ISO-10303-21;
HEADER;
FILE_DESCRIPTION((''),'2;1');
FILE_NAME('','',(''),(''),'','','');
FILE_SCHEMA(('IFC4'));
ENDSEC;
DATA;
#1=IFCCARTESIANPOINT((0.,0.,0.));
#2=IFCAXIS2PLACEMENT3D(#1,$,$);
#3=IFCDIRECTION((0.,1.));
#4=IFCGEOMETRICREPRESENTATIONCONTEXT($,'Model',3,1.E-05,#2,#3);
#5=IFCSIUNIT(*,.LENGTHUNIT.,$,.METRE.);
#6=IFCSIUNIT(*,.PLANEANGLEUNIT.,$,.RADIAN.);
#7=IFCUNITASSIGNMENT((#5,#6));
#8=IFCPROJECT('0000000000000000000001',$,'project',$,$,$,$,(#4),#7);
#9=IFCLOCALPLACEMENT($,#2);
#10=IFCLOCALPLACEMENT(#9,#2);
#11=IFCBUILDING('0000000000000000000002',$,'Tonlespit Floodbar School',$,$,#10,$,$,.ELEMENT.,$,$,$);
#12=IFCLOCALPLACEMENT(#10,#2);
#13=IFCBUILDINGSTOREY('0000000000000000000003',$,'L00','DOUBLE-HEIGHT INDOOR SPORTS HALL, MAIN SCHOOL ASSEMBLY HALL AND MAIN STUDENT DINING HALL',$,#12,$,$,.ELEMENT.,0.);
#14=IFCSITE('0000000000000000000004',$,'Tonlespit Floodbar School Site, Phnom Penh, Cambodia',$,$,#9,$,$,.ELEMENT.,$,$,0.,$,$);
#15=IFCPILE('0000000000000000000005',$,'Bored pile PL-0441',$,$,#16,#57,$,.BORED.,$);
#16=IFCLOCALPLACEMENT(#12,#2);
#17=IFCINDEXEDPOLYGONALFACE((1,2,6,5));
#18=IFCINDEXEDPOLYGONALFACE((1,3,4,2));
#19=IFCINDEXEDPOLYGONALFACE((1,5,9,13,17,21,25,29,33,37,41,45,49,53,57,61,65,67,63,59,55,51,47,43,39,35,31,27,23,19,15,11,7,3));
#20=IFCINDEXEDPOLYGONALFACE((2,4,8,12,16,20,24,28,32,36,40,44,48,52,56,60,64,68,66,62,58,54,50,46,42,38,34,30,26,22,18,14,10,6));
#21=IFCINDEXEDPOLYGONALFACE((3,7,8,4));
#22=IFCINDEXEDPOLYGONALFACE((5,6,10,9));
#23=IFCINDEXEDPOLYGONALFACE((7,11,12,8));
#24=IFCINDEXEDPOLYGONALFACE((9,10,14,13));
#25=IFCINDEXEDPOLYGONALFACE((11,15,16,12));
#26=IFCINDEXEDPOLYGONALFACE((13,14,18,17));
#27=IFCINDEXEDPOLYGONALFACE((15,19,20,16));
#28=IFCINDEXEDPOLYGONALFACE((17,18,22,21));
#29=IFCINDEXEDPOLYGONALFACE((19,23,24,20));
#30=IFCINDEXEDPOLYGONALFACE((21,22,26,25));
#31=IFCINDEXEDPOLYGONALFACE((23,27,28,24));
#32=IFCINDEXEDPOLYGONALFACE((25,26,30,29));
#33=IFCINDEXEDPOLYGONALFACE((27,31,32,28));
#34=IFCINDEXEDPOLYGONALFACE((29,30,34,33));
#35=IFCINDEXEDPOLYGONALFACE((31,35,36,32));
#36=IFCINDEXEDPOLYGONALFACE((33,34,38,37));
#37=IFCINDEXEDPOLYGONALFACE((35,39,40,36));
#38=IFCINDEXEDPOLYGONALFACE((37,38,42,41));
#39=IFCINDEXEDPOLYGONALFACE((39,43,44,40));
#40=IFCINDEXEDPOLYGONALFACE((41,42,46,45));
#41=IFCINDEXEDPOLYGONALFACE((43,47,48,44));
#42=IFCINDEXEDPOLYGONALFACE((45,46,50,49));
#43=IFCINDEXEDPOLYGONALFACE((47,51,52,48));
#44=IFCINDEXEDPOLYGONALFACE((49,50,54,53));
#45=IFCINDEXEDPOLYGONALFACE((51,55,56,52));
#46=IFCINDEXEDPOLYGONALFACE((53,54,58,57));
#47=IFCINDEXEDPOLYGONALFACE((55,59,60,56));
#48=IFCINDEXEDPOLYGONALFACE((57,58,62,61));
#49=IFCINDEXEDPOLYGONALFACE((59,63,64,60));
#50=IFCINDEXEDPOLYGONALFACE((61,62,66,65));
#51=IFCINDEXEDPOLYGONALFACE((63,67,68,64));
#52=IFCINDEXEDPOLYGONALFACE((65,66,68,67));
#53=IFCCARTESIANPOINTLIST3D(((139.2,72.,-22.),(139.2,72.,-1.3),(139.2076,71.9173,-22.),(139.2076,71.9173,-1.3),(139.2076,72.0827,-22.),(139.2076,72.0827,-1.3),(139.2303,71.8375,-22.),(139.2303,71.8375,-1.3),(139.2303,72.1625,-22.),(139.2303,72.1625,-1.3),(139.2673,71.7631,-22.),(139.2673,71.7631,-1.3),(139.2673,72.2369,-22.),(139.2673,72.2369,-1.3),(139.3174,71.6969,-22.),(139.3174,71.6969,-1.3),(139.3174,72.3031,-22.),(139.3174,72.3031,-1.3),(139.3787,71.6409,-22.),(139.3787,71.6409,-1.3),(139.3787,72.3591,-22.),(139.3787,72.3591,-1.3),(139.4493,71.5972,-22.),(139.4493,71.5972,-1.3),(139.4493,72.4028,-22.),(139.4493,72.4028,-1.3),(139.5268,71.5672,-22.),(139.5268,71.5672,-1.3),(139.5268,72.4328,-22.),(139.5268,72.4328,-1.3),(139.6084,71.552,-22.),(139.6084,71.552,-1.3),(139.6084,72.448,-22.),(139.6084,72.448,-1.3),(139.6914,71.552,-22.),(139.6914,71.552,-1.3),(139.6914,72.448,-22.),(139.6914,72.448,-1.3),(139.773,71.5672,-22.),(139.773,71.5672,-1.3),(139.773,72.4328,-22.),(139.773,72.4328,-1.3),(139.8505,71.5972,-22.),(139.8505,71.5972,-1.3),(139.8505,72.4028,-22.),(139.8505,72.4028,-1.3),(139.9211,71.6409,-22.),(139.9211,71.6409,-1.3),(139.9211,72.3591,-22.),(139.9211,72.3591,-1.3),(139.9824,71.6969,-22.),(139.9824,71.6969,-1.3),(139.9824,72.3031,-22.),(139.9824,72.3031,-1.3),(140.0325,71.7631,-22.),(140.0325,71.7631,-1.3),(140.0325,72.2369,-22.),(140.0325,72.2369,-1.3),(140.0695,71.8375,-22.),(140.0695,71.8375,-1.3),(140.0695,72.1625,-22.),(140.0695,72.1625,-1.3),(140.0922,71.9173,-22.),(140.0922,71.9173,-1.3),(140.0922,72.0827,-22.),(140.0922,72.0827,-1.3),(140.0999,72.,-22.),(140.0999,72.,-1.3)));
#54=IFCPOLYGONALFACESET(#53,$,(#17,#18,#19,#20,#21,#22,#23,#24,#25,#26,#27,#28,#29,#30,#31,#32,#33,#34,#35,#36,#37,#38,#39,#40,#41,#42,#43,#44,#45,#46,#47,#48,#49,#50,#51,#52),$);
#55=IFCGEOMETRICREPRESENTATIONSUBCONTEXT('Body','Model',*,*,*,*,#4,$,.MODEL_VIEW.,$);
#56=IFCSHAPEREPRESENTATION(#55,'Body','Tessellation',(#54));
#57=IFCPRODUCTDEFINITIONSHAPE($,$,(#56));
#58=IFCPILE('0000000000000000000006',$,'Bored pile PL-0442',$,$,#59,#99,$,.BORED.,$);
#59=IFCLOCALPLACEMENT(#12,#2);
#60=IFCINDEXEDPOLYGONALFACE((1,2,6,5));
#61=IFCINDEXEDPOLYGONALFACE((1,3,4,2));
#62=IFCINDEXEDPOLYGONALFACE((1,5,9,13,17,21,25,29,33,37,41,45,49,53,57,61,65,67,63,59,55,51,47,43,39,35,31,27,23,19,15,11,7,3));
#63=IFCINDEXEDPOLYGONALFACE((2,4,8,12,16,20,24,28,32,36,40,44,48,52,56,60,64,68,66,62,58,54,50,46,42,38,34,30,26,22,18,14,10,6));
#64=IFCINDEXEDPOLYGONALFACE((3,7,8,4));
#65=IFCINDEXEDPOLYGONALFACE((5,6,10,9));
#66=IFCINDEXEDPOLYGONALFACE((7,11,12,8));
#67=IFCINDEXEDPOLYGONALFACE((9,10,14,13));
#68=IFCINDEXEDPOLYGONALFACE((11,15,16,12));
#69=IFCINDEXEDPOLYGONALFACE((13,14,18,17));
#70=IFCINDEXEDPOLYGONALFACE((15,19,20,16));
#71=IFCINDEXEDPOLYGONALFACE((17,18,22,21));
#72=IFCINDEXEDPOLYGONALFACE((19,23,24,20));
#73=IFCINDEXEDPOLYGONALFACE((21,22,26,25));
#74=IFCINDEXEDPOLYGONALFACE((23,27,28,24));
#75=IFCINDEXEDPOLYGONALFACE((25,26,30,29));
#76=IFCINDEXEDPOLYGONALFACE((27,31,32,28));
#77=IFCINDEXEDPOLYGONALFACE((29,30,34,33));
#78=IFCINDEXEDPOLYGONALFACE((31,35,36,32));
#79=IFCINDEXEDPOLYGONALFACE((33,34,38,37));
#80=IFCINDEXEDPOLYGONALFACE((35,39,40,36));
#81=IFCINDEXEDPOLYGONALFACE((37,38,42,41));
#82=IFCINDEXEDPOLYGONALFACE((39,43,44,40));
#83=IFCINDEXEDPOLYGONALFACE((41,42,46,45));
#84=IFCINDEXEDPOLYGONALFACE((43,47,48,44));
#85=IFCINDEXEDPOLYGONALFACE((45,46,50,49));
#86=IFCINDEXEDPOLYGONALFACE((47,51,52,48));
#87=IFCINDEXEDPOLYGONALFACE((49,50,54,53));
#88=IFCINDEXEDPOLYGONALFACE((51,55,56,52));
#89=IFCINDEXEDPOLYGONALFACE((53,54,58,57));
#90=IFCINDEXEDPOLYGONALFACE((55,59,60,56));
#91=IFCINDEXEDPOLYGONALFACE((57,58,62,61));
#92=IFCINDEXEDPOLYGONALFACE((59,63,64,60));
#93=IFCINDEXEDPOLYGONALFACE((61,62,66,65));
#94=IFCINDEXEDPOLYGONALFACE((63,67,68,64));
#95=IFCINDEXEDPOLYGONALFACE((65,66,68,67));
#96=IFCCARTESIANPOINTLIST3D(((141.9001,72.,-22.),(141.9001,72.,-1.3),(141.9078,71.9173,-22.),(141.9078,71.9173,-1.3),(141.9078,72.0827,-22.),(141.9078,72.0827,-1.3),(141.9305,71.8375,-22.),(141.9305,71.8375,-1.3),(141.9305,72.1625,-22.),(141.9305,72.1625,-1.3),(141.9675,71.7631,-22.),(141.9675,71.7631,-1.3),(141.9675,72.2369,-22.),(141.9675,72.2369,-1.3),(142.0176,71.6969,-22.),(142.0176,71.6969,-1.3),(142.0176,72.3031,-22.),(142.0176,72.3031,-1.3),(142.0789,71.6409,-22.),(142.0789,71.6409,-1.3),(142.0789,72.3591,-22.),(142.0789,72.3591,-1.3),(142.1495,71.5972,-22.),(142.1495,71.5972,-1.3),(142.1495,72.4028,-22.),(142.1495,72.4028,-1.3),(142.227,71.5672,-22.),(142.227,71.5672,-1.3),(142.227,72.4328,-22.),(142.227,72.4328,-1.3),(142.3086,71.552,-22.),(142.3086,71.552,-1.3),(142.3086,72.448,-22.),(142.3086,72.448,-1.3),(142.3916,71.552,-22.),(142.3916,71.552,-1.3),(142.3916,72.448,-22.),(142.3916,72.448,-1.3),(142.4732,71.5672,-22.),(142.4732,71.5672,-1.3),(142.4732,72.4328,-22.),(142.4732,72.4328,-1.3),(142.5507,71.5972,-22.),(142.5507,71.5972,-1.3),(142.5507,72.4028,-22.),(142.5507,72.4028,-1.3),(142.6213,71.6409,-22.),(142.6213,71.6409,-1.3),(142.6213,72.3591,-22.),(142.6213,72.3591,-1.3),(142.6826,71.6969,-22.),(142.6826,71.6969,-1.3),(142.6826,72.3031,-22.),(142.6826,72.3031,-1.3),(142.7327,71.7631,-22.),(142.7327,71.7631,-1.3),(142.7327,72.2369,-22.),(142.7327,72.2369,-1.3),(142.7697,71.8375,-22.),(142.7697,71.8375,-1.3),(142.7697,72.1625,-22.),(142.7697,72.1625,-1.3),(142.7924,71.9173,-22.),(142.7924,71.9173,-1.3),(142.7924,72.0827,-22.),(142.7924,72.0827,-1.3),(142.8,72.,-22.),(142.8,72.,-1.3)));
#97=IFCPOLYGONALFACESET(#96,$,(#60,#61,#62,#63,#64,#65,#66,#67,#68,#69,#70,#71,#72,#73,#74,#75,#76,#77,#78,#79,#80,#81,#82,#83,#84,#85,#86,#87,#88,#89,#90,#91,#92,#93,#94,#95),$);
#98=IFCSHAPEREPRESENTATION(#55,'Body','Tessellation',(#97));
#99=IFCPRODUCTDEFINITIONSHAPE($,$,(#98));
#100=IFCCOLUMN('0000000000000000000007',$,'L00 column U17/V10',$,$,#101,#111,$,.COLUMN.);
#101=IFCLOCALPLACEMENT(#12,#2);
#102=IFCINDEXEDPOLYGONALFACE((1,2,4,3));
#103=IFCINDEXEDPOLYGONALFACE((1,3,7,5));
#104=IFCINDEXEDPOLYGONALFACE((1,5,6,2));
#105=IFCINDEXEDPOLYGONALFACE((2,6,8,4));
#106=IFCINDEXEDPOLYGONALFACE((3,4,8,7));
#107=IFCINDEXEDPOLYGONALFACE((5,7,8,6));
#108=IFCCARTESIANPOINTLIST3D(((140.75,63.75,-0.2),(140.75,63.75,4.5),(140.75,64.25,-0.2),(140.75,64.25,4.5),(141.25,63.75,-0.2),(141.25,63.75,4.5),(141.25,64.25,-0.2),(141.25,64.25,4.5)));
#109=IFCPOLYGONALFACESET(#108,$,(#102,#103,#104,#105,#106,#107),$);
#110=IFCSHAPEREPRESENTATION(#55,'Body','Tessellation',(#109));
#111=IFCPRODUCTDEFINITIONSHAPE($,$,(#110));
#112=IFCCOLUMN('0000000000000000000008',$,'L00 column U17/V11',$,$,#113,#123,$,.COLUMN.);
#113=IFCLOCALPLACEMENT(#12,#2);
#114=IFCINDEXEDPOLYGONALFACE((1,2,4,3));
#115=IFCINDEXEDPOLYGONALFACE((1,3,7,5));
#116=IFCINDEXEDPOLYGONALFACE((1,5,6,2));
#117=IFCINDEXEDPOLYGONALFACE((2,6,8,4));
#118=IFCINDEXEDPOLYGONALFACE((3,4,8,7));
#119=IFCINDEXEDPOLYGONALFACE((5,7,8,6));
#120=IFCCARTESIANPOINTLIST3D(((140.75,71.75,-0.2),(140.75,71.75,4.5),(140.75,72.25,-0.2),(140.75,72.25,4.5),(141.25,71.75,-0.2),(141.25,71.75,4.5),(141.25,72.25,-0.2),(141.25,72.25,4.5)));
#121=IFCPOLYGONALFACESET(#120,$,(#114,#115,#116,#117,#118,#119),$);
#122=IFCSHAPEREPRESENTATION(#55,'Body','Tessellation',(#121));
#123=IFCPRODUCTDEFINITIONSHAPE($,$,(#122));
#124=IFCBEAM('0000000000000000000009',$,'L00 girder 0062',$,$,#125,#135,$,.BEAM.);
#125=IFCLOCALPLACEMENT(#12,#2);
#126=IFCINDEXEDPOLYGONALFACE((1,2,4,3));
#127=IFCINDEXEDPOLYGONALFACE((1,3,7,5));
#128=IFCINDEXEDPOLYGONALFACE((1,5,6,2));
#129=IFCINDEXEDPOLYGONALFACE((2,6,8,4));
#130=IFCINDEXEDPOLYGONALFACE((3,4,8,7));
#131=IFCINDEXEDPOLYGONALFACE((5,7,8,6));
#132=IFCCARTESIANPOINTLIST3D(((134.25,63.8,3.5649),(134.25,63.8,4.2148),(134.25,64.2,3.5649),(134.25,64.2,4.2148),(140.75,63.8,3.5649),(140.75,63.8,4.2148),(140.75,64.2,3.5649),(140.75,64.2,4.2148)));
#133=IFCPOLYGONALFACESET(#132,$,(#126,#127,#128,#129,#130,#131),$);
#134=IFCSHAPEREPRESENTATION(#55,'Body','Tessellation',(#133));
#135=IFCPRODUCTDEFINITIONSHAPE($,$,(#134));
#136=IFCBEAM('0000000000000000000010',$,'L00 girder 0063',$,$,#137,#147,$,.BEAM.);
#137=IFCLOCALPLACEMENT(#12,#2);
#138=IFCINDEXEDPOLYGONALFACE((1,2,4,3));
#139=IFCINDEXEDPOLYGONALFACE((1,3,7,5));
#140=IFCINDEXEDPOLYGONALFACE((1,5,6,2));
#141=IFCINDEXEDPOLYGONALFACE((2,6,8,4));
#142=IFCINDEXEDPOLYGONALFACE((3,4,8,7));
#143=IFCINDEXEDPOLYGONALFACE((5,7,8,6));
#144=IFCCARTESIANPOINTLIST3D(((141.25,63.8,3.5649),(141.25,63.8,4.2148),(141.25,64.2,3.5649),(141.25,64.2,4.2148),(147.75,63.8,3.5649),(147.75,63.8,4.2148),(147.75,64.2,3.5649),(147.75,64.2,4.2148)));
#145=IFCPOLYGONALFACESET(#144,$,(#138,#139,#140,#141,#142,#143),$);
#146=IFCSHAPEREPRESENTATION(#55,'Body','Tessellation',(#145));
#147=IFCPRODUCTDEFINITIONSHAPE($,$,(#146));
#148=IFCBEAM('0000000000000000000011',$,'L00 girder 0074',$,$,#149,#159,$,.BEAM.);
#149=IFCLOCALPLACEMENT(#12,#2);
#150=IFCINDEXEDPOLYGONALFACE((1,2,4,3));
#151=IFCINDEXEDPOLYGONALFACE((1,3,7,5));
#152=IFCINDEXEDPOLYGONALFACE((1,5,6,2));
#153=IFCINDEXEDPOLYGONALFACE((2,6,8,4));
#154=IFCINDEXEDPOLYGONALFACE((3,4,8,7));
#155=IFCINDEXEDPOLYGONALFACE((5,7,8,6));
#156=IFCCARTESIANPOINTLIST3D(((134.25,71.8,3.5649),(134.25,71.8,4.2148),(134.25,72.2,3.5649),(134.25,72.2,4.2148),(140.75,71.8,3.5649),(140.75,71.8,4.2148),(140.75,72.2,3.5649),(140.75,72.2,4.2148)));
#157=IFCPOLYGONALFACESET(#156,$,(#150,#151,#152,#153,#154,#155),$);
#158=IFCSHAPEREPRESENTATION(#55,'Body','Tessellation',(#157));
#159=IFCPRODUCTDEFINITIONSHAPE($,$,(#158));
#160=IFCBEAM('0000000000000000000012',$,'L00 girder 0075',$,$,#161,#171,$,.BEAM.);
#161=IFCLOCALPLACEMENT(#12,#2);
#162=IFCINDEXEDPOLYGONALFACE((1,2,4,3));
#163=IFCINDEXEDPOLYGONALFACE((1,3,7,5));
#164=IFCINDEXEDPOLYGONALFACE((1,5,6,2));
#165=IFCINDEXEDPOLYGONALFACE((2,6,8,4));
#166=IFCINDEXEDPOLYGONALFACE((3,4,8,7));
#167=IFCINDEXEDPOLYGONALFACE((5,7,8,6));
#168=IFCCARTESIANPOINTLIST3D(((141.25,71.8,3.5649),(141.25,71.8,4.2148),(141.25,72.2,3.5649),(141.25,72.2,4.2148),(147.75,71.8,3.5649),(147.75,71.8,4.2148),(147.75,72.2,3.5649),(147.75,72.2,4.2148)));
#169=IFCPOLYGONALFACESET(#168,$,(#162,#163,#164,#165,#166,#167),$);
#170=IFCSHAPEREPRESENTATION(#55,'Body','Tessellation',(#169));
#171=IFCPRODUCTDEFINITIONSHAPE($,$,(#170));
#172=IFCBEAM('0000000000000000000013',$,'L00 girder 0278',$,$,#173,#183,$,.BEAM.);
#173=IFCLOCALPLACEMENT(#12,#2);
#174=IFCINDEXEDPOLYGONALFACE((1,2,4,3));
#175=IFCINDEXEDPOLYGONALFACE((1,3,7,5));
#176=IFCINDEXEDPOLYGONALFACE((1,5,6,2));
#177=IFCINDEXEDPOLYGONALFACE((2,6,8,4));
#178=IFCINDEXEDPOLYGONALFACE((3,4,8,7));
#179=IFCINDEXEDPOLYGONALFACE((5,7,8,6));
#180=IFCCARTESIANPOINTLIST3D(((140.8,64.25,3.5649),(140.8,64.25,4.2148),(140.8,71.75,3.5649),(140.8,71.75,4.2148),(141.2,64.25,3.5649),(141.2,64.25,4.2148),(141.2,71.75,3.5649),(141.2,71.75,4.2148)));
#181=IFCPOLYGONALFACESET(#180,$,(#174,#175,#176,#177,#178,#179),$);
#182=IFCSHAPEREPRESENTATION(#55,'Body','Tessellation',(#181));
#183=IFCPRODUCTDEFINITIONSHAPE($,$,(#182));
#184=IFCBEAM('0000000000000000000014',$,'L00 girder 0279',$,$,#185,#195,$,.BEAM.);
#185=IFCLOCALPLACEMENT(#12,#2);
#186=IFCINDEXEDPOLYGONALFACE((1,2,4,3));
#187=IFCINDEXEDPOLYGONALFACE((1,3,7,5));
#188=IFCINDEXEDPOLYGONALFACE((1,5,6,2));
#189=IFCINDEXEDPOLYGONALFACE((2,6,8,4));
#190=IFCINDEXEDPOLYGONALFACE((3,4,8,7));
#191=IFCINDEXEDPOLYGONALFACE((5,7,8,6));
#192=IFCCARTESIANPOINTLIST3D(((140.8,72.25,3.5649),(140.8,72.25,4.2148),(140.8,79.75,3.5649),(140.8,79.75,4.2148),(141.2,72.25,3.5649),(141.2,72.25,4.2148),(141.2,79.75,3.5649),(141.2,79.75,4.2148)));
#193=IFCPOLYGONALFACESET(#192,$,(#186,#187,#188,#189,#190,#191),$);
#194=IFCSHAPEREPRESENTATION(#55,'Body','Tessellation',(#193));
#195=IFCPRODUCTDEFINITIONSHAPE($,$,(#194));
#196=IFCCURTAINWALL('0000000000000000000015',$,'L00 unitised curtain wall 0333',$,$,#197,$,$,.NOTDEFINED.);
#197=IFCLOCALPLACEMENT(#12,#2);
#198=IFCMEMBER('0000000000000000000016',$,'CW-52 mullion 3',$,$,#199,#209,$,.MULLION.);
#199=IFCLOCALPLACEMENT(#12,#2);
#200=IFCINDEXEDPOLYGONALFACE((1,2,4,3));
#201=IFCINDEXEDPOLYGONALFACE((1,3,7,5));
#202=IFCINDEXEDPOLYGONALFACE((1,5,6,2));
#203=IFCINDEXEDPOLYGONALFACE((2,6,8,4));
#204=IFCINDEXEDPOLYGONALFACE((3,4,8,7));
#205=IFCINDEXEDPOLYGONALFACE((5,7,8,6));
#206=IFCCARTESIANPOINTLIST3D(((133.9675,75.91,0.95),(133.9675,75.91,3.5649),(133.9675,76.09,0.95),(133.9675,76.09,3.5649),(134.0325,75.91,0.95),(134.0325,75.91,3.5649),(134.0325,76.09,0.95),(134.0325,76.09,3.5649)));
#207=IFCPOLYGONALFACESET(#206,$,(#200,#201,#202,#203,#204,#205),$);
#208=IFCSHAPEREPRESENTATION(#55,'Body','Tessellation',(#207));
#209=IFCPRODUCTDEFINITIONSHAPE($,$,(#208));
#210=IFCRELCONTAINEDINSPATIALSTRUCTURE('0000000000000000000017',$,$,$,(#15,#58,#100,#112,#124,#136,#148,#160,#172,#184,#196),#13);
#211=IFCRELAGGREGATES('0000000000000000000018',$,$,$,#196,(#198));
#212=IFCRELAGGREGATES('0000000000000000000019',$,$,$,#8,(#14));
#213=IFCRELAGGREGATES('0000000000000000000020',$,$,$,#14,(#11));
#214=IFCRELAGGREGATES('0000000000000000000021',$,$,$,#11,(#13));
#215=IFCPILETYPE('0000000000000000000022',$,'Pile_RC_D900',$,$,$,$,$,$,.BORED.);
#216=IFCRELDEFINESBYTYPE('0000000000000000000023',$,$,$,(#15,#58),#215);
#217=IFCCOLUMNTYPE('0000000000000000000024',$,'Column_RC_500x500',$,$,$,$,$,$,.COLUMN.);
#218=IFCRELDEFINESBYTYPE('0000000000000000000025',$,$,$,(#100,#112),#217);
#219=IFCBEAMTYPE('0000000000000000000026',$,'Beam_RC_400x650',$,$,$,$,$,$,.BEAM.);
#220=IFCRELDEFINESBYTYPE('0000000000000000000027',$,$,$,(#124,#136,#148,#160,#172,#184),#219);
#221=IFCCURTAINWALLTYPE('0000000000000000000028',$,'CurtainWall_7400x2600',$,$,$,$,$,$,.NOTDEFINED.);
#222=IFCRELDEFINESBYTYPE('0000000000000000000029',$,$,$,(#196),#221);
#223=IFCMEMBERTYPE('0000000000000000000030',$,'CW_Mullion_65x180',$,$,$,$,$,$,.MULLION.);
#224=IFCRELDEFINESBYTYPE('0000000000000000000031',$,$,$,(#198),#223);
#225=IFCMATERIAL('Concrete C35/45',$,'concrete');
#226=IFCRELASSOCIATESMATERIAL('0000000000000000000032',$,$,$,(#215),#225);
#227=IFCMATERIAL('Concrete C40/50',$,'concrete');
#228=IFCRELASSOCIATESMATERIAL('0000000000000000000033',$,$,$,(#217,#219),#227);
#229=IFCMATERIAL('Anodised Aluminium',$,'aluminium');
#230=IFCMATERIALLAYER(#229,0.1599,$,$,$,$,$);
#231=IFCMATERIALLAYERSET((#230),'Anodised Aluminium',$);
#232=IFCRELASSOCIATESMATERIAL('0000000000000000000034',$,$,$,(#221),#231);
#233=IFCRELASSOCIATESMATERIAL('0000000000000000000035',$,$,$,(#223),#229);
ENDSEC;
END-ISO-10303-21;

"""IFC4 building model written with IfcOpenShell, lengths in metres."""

from ifc_helpers import new_model, si_unit, direction, frame, origin, origin_2d, place, context, subcontext, project, spatial, rectangle, circle, extrude, material, layer, layer_set, material_profile, profile_set, type_object, element, aggregate, save


model = new_model("IFC4")

# Units and contexts
model_context = context("Model", 3, precision=1e-05, world=origin(), true_north=direction((0.0, 1.0)))
body_context = subcontext(model_context, "Body", "Model", "MODEL_VIEW")
ifc_project = project(units=[si_unit("LENGTHUNIT", "METRE"), si_unit("PLANEANGLEUNIT", "RADIAN")], contexts=[model_context])

# Site, building, storey
site_placement = place(None, origin())
site = spatial("IfcSite", under=ifc_project, at=site_placement, Name="Tonlespit Floodbar School Site, Phnom Penh, Cambodia", CompositionType="ELEMENT", RefElevation=0.0)
building_placement = place(site_placement, origin())
building = spatial("IfcBuilding", under=site, at=building_placement, Name="Tonlespit Floodbar School", CompositionType="ELEMENT")
storey_placement = place(building_placement, origin())
storey = spatial("IfcBuildingStorey", under=building, at=storey_placement, Name="L00", Description="DOUBLE-HEIGHT INDOOR SPORTS HALL, MAIN SCHOOL ASSEMBLY HALL AND MAIN STUDENT DINING HALL", CompositionType="ELEMENT", Elevation=0.0)

# Shared definitions
ifc_material_1 = material(Name="Concrete C40/50", Category="concrete")

# Piles
ifc_material_2 = material(Name="Concrete C35/45", Category="concrete")
ifc_material_profile_1 = material_profile(ifc_material_2, circle(Radius=0.45, at=origin_2d()), Name="BP D900")
ifc_profile_set_1 = profile_set([ifc_material_profile_1], Name="Concrete C35/45")
pile_type = type_object("IfcPileType", Name="Pile_RC_D900", PredefinedType="BORED", material=ifc_profile_set_1)
for number, where, z_axis, x_axis, name in (
    (1, (139.6499, 72.0, -1.3), (0.0, 0.0, -1.0), (1.0, 0.0, 0.0), "Bored pile PL-0441"),
    (2, (142.3501, 72.0, -1.3), (0.0, 0.0, -1.0), (1.0, 0.0, 0.0), "Bored pile PL-0442"),
):
    element("IfcPile", number, at=place(storey_placement, frame(where, z_axis=z_axis, x_axis=x_axis)), inside=storey, type_object=pile_type, Name=name, PredefinedType="BORED", context=body_context, shape_type="SweptSolid", body=[
        extrude(circle(Radius=0.45, at=origin_2d()), origin(), (0.0, 0.0, 1.0), 20.7),
    ])

# Columns
ifc_material_profile_2 = material_profile(ifc_material_1, rectangle(XDim=0.5, YDim=0.5, at=origin_2d()), Name="RC 500x500")
ifc_profile_set_2 = profile_set([ifc_material_profile_2], Name="Concrete C40/50")
column_type = type_object("IfcColumnType", Name="Column_RC_500x500", PredefinedType="COLUMN", material=ifc_profile_set_2)
for number, where, z_axis, x_axis, name in (
    (3, (141.0, 64.0, -0.2), (0.0, 0.0, 1.0), (1.0, 0.0, 0.0), "L00 column U17/V10"),
    (4, (141.0, 72.0, -0.2), (0.0, 0.0, 1.0), (1.0, 0.0, 0.0), "L00 column U17/V11"),
):
    element("IfcColumn", number, at=place(storey_placement, frame(where, z_axis=z_axis, x_axis=x_axis)), inside=storey, type_object=column_type, Name=name, PredefinedType="COLUMN", context=body_context, shape_type="SweptSolid", body=[
        extrude(rectangle(XDim=0.5, YDim=0.5, at=origin_2d()), origin(), (0.0, 0.0, 1.0), 4.7),
    ])

# Beams
ifc_material_profile_3 = material_profile(ifc_material_1, rectangle(XDim=0.3999, YDim=0.6499, at=origin_2d()), Name="RC 400x650")
ifc_profile_set_3 = profile_set([ifc_material_profile_3], Name="Concrete C40/50")
beam_type_1 = type_object("IfcBeamType", Name="Beam_RC_400x650", PredefinedType="BEAM", material=ifc_profile_set_3)
for number, where, z_axis, x_axis, name in (
    (5, (134.25, 64.0, 3.8899), (1.0, 0.0, 0.0), (0.0, 1.0, 0.0), "L00 girder 0062"),
    (6, (141.25, 64.0, 3.8899), (1.0, 0.0, 0.0), (0.0, 1.0, 0.0), "L00 girder 0063"),
    (7, (134.25, 72.0, 3.8899), (1.0, 0.0, 0.0), (0.0, 1.0, 0.0), "L00 girder 0074"),
    (8, (141.25, 72.0, 3.8899), (1.0, 0.0, 0.0), (0.0, 1.0, 0.0), "L00 girder 0075"),
):
    element("IfcBeam", number, at=place(storey_placement, frame(where, z_axis=z_axis, x_axis=x_axis)), inside=storey, type_object=beam_type_1, Name=name, PredefinedType="BEAM", context=body_context, shape_type="SweptSolid", body=[
        extrude(rectangle(XDim=0.3999, YDim=0.6499, at=origin_2d()), origin(), (0.0, 0.0, 1.0), 6.5),
    ])
for number, where, z_axis, x_axis, name in (
    (9, (141.0, 64.25, 3.8899), (0.0, 1.0, 0.0), (-1.0, 0.0, 0.0), "L00 girder 0278"),
    (10, (141.0, 72.25, 3.8899), (0.0, 1.0, 0.0), (-1.0, 0.0, 0.0), "L00 girder 0279"),
):
    element("IfcBeam", number, at=place(storey_placement, frame(where, z_axis=z_axis, x_axis=x_axis)), inside=storey, type_object=beam_type_1, Name=name, PredefinedType="BEAM", context=body_context, shape_type="SweptSolid", body=[
        extrude(rectangle(XDim=0.3999, YDim=0.6499, at=origin_2d()), origin(), (0.0, 0.0, 1.0), 7.5),
    ])

# Curtain wall, member
ifc_material_3 = material(Name="Anodised Aluminium", Category="aluminium")
ifc_layer_1 = layer(ifc_material_3, 0.1599)
ifc_layer_set_1 = layer_set([ifc_layer_1], Name="Anodised Aluminium")
curtain_wall_type = type_object("IfcCurtainWallType", Name="CurtainWall_7400x2600", PredefinedType="NOTDEFINED", material=ifc_layer_set_1)
curtain_wall_placement = place(storey_placement, origin())
curtain_wall = element("IfcCurtainWall", 11, at=curtain_wall_placement, inside=storey, type_object=curtain_wall_type, Name="L00 unitised curtain wall 0333", PredefinedType="NOTDEFINED")
ifc_material_profile_4 = material_profile(ifc_material_3, rectangle(XDim=0.0649, YDim=0.1799, at=origin_2d()), Name="ALU M65x180")
ifc_profile_set_4 = profile_set([ifc_material_profile_4], Name="Anodised Aluminium")
member_type_1 = type_object("IfcMemberType", Name="CW_Mullion_65x180", PredefinedType="MULLION", material=ifc_profile_set_4)
member_1_placement = place(storey_placement, frame((134.0, 76.0, 0.95), z_axis=(0.0, 0.0, 1.0), x_axis=(-1.0, 0.0, 0.0)))
member_1 = element("IfcMember", 12, at=member_1_placement, type_object=member_type_1, Name="CW-52 mullion 3", PredefinedType="MULLION", context=body_context, shape_type="SweptSolid", body=[
    extrude(rectangle(XDim=0.0649, YDim=0.1799, at=origin_2d()), origin(), (0.0, 0.0, 1.0), 2.615),
])

aggregate(curtain_wall, [member_1])

save(model, "model.ifc")
